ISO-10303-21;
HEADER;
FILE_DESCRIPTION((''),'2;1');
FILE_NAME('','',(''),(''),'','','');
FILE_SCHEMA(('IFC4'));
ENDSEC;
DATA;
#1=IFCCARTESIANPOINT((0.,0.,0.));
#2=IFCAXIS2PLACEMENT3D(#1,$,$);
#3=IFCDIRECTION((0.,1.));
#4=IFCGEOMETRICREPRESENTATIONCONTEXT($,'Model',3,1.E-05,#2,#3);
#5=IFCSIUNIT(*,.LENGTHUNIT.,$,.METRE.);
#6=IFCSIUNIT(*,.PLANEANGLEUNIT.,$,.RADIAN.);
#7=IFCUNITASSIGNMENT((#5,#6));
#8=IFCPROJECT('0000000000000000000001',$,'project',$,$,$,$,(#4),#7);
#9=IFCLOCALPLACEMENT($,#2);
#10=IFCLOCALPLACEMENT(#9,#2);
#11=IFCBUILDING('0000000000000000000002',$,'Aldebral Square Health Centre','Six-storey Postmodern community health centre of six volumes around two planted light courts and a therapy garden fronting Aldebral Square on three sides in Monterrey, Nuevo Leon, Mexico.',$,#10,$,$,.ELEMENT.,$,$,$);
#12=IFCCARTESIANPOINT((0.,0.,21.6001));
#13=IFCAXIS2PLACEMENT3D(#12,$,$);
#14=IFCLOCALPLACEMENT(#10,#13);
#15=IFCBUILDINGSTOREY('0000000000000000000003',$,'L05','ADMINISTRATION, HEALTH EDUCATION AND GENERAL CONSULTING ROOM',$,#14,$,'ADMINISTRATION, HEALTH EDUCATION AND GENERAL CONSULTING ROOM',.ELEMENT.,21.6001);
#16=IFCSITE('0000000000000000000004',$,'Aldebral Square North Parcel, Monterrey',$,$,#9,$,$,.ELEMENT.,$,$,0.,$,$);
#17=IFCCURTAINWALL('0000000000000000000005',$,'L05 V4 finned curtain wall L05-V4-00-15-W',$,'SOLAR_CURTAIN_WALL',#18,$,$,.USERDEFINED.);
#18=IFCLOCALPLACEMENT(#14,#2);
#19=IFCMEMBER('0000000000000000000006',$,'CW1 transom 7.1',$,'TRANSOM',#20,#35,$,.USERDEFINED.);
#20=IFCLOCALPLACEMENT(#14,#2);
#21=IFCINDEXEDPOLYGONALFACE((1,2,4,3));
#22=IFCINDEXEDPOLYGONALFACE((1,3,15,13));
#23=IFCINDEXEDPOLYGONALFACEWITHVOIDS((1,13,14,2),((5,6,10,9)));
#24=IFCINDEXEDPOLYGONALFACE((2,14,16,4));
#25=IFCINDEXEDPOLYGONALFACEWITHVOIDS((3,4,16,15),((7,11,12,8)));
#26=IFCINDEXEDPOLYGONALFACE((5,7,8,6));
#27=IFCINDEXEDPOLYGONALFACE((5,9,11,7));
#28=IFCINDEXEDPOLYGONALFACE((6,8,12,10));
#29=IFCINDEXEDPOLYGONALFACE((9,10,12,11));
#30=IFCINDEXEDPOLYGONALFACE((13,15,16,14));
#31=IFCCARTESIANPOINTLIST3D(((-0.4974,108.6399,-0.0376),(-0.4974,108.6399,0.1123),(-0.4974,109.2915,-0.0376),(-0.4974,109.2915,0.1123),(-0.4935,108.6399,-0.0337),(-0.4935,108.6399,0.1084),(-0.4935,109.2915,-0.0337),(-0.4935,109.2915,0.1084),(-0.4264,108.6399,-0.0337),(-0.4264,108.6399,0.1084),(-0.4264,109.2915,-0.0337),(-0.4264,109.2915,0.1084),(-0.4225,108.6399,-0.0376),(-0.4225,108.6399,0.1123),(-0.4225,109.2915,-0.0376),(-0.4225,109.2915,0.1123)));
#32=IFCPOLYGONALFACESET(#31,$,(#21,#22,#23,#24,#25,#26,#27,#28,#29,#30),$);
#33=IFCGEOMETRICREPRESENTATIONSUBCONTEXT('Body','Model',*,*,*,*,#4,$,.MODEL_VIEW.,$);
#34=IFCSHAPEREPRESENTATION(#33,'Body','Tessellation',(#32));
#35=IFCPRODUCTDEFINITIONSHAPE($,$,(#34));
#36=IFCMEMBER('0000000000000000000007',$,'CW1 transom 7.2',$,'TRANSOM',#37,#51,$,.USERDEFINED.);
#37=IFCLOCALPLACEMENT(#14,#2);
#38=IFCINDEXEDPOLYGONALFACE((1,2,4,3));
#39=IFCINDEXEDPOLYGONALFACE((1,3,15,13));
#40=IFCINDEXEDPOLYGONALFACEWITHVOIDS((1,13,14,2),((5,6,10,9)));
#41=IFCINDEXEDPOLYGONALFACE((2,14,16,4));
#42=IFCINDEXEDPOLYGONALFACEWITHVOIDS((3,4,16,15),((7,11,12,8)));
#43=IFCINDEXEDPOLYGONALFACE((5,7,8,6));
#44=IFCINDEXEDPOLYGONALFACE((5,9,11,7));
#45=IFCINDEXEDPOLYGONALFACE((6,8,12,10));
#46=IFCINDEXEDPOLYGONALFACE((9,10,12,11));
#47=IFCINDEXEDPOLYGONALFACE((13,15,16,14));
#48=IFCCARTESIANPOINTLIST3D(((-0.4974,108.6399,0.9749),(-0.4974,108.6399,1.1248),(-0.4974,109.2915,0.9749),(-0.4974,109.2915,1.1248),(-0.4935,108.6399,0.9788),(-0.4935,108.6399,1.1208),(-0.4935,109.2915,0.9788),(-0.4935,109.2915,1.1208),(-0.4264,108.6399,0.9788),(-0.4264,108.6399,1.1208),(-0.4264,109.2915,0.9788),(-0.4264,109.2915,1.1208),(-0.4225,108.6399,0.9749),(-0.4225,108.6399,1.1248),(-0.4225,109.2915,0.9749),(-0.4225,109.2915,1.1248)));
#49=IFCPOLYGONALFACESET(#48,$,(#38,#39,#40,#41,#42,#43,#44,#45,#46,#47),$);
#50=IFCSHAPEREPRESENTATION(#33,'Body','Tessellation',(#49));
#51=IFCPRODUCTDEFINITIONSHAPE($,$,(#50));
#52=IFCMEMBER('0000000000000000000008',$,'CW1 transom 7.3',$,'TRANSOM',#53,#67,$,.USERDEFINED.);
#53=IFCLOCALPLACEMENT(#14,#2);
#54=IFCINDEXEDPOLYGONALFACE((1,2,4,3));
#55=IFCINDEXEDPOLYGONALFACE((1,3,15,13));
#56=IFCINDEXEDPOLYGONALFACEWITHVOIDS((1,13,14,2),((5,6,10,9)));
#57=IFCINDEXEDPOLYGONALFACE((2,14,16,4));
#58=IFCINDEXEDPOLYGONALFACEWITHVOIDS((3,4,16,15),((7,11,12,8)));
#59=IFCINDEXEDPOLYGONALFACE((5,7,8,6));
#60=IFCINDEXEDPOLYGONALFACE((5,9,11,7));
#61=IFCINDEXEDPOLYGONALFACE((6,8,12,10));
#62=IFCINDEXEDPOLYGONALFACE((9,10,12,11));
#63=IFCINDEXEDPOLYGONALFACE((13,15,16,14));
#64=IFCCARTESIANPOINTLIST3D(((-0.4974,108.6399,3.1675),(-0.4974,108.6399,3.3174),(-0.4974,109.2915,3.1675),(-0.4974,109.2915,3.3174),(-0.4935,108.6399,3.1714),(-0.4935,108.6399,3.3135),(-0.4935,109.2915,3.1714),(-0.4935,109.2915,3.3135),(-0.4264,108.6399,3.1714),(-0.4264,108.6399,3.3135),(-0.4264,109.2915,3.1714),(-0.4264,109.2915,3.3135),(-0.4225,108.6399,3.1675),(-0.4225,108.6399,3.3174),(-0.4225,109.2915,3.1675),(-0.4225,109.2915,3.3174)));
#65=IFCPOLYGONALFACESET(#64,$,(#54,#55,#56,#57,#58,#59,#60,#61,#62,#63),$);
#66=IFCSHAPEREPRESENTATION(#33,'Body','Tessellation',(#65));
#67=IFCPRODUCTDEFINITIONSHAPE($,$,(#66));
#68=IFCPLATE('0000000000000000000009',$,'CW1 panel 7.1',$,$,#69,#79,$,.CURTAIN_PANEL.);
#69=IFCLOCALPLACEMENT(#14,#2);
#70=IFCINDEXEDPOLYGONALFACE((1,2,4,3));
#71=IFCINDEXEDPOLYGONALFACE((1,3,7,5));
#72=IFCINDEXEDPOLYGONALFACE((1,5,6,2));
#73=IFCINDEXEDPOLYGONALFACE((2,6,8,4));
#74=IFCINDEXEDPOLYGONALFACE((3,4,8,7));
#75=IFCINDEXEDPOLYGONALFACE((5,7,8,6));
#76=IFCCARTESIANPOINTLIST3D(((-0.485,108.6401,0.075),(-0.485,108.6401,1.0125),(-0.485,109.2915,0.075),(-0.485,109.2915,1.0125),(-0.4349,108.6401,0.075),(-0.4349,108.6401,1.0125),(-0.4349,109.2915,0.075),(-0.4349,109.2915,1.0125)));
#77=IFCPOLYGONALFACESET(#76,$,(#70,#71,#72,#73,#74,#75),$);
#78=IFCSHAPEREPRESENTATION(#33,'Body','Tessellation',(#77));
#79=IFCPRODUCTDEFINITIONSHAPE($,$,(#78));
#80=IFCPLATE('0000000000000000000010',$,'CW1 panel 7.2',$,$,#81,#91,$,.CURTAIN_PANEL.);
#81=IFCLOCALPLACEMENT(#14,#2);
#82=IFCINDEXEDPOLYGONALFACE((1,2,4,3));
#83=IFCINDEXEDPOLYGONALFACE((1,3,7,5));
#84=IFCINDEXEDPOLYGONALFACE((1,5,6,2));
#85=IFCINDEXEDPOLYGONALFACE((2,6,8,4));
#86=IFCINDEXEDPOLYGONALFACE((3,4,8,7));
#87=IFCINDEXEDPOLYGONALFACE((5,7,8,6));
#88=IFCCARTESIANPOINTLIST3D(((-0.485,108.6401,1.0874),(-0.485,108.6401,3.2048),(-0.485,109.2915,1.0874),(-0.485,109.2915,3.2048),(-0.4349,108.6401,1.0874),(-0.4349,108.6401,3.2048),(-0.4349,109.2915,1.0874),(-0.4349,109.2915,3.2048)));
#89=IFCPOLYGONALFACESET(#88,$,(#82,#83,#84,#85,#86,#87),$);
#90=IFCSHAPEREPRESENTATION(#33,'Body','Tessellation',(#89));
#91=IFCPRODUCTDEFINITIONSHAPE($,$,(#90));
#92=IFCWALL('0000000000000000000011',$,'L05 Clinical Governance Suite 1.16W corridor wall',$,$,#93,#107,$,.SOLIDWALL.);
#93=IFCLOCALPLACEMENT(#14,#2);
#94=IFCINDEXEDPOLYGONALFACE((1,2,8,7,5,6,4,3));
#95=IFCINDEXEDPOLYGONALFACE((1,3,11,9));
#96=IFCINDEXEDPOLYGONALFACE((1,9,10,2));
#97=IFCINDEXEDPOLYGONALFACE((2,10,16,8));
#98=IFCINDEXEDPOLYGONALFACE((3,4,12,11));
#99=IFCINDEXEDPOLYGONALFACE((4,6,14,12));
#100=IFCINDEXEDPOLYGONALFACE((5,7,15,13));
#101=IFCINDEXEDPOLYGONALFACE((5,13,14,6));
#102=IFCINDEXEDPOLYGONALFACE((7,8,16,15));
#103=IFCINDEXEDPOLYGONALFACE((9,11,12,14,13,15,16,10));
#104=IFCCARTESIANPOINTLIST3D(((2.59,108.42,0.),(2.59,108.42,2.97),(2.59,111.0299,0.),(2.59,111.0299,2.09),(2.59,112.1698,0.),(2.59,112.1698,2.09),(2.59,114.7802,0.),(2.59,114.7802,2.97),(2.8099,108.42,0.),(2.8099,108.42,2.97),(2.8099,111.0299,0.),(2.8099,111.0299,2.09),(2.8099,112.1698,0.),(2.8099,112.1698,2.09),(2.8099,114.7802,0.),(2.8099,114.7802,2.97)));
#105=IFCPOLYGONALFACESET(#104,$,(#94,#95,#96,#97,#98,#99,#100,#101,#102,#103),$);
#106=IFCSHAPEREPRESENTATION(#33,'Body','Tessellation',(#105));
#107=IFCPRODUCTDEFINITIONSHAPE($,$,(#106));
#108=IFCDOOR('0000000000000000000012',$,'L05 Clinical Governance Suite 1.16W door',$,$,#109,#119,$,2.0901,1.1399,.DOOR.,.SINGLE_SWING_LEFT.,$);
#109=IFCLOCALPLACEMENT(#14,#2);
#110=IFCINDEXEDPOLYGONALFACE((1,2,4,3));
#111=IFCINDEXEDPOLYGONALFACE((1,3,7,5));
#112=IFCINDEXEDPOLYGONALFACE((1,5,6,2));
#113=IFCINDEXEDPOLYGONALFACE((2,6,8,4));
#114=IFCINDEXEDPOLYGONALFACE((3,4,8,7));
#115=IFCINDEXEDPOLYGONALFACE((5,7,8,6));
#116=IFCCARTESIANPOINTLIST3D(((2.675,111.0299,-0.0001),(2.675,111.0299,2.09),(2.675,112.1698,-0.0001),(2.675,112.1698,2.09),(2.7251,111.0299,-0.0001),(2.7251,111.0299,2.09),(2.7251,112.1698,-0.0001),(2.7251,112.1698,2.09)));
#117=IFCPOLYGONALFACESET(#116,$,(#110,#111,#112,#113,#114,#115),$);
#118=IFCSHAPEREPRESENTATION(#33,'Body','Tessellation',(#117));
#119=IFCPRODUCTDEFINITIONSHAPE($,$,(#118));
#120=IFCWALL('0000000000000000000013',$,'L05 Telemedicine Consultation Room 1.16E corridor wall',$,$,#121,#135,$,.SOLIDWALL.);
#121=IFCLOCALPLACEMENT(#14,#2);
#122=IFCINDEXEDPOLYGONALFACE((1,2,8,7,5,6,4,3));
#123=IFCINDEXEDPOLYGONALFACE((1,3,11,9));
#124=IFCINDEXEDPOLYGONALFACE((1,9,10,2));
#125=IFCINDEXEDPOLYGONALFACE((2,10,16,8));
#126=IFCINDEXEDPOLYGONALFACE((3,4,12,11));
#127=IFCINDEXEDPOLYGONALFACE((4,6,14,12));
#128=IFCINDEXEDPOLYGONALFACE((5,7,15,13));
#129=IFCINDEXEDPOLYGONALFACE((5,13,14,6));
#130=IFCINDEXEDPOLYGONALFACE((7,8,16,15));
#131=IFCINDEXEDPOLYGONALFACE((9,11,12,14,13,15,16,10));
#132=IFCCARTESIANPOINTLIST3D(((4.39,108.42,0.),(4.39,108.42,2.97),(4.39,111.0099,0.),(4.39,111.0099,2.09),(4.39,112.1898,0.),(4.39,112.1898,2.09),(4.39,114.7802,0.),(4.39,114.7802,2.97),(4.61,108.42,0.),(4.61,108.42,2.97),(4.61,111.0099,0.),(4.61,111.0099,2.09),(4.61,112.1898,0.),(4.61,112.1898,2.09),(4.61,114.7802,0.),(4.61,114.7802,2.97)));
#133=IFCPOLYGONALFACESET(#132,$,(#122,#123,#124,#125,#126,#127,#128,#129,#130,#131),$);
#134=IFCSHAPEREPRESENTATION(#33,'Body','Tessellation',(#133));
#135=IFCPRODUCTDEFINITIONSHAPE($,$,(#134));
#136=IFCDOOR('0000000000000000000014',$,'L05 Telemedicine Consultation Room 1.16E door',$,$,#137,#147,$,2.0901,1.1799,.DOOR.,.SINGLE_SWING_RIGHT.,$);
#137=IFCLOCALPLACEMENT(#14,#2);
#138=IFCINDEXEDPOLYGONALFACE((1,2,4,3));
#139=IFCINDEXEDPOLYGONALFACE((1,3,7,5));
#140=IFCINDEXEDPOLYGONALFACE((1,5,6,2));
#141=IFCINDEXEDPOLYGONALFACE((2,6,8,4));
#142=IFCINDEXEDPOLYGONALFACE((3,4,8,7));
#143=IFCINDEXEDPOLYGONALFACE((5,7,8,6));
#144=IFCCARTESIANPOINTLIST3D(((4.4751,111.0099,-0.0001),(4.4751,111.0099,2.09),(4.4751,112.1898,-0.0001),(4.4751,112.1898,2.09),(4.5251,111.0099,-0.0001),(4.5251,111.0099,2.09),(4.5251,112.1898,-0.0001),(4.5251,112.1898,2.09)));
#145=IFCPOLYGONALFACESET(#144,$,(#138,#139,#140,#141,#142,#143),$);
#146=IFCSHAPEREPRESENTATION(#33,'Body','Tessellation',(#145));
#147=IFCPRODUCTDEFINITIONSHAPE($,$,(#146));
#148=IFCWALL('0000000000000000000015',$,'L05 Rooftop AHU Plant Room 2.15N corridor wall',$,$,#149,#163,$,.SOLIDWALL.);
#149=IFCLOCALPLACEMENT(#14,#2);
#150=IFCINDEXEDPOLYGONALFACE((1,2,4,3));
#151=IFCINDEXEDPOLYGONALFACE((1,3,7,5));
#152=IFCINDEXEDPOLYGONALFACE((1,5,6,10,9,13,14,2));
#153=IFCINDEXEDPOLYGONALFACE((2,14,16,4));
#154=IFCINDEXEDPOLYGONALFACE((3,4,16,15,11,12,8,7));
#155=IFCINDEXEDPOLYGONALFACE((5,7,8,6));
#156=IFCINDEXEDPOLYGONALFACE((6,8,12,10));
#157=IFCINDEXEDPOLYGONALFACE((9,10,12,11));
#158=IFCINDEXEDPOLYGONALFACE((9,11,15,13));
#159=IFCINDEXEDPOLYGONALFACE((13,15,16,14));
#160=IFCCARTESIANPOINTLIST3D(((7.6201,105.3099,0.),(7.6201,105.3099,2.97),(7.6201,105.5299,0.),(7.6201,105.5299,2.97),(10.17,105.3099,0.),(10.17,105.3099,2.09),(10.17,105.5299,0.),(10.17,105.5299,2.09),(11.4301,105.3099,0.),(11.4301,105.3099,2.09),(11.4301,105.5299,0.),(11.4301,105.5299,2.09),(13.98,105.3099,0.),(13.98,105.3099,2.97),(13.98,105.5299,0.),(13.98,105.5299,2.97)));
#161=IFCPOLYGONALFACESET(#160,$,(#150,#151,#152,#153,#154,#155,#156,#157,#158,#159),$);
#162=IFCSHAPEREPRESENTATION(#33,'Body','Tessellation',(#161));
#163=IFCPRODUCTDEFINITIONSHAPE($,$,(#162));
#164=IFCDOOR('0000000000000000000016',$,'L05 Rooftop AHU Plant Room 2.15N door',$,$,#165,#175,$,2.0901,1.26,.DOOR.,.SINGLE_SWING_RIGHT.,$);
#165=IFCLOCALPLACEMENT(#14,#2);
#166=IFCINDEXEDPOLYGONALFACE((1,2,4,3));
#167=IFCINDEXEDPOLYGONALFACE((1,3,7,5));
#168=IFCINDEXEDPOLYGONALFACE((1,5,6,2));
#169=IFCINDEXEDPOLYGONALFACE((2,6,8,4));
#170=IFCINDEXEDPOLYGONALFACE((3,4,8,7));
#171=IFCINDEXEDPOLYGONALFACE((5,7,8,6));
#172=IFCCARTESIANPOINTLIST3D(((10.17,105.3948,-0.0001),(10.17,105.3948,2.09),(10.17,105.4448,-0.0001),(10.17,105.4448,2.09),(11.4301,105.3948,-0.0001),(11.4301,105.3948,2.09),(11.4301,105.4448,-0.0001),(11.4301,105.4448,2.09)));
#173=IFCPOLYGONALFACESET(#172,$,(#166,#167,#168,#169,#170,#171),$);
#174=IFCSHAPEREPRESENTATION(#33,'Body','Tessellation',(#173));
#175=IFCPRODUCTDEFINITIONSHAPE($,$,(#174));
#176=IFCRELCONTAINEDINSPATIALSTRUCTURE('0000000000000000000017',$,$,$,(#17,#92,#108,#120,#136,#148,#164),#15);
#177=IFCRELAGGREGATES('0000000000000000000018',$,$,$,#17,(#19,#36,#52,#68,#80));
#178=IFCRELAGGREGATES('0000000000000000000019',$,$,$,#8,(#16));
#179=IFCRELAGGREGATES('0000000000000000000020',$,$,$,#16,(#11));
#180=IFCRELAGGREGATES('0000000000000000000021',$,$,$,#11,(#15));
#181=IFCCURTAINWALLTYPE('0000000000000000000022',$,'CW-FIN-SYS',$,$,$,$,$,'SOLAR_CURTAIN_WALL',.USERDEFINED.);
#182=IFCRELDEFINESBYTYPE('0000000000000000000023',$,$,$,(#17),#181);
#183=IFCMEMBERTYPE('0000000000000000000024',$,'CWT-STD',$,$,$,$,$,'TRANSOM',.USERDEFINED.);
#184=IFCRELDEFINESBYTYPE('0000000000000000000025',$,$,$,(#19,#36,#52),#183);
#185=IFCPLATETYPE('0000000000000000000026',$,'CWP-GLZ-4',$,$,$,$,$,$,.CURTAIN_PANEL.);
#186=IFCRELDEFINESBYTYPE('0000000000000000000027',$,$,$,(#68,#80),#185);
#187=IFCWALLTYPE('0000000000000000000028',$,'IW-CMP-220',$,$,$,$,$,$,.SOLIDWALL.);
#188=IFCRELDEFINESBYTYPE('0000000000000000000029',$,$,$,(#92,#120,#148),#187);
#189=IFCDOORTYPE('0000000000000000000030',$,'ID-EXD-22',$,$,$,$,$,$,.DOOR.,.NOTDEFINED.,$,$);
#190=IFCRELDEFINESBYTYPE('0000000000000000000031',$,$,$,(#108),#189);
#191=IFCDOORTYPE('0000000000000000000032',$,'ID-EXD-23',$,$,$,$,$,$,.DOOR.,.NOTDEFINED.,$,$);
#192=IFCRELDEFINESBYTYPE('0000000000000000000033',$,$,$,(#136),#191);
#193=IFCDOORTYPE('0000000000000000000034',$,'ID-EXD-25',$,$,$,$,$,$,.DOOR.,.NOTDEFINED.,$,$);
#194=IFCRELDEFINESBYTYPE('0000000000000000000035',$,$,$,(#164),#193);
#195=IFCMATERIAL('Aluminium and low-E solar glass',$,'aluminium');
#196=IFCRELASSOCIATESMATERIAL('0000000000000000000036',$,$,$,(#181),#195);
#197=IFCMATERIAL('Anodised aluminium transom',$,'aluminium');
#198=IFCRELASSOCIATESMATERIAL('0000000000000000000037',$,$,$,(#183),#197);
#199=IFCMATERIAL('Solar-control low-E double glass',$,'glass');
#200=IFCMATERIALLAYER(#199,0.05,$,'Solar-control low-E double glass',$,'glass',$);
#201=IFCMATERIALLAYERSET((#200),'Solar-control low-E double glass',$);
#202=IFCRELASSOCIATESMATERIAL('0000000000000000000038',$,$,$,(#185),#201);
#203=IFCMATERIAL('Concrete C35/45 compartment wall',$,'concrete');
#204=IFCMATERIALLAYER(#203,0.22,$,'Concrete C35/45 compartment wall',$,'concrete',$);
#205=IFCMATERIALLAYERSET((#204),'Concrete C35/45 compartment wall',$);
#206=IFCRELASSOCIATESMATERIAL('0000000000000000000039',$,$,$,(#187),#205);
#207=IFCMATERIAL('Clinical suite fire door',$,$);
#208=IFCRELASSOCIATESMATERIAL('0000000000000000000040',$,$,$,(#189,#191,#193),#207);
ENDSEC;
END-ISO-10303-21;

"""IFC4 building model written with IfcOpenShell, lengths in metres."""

from ifc_helpers import new_model, si_unit, direction, frame, frame_2d, origin, origin_2d, place, context, subcontext, project, spatial, rectangle, hollow_rectangle, extrude, material, layer, layer_set, material_profile, profile_set, type_object, element, fill, aggregate, save


model = new_model("IFC4")

# Units and contexts
model_context = context("Model", 3, precision=1e-05, world=origin(), true_north=direction((0.0, 1.0)))
body_context = subcontext(model_context, "Body", "Model", "MODEL_VIEW")
ifc_project = project(units=[si_unit("LENGTHUNIT", "METRE"), si_unit("PLANEANGLEUNIT", "RADIAN")], contexts=[model_context])

# Site, building, storey
site_placement = place(None, origin())
site = spatial("IfcSite", under=ifc_project, at=site_placement, Name="Aldebral Square North Parcel, Monterrey", CompositionType="ELEMENT", RefElevation=0.0)
building_placement = place(site_placement, origin())
building = spatial("IfcBuilding", under=site, at=building_placement, Name="Aldebral Square Health Centre", Description="Six-storey Postmodern community health centre of six volumes around two planted light courts and a therapy garden fronting Aldebral Square on three sides in Monterrey, Nuevo Leon, Mexico.", CompositionType="ELEMENT")
storey_placement = place(building_placement, frame((0.0, 0.0, 21.6001)))
storey = spatial("IfcBuildingStorey", under=building, at=storey_placement, Name="L05", Description="ADMINISTRATION, HEALTH EDUCATION AND GENERAL CONSULTING ROOM", LongName="ADMINISTRATION, HEALTH EDUCATION AND GENERAL CONSULTING ROOM", CompositionType="ELEMENT", Elevation=21.6001)

# Shared definitions
ifc_material_1 = material(Name="Aluminium and low-E solar glass", Category="aluminium")
curtain_wall_type = type_object("IfcCurtainWallType", Name="CW-FIN-SYS", ElementType="SOLAR_CURTAIN_WALL", PredefinedType="USERDEFINED", material=ifc_material_1)

# Curtain wall
curtain_wall_1_placement = place(storey_placement, origin())
curtain_wall_1 = element("IfcCurtainWall", 1, at=curtain_wall_1_placement, inside=storey, type_object=curtain_wall_type, Name="L05 V4 finned curtain wall L05-V4-00-15-W", ObjectType="SOLAR_CURTAIN_WALL", PredefinedType="USERDEFINED")

# Members
ifc_material_2 = material(Name="Anodised aluminium transom", Category="aluminium")
ifc_material_profile_1 = material_profile(ifc_material_2, hollow_rectangle(XDim=0.075, YDim=0.1499, WallThickness=0.0039, at=origin_2d()), Name="CWT 75x150x4")
ifc_profile_set_1 = profile_set([ifc_material_profile_1], Name="Anodised aluminium transom")
member_type_1 = type_object("IfcMemberType", Name="CWT-STD", ElementType="TRANSOM", PredefinedType="USERDEFINED", material=ifc_profile_set_1)
member_1_placement = place(storey_placement, frame((-0.46, 109.2915, 0.0374), z_axis=(0.0, -1.0, 0.0), x_axis=(1.0, 0.0, 0.0)))
member_1 = element("IfcMember", 2, at=member_1_placement, type_object=member_type_1, Name="CW1 transom 7.1", ObjectType="TRANSOM", PredefinedType="USERDEFINED", context=body_context, shape_type="SweptSolid", body=[
    extrude(hollow_rectangle(XDim=0.075, YDim=0.1499, WallThickness=0.0039, at=origin_2d()), origin(), (0.0, 0.0, 1.0), 0.6516),
])
member_2_placement = place(storey_placement, frame((-0.46, 109.2915, 1.0498), z_axis=(0.0, -1.0, 0.0), x_axis=(1.0, 0.0, 0.0)))
member_2 = element("IfcMember", 3, at=member_2_placement, type_object=member_type_1, Name="CW1 transom 7.2", ObjectType="TRANSOM", PredefinedType="USERDEFINED", context=body_context, shape_type="SweptSolid", body=[
    extrude(hollow_rectangle(XDim=0.075, YDim=0.1499, WallThickness=0.0039, at=origin_2d()), origin(), (0.0, 0.0, 1.0), 0.6516),
])
member_3_placement = place(storey_placement, frame((-0.46, 109.2915, 3.2424), z_axis=(0.0, -1.0, 0.0), x_axis=(1.0, 0.0, 0.0)))
member_3 = element("IfcMember", 4, at=member_3_placement, type_object=member_type_1, Name="CW1 transom 7.3", ObjectType="TRANSOM", PredefinedType="USERDEFINED", context=body_context, shape_type="SweptSolid", body=[
    extrude(hollow_rectangle(XDim=0.075, YDim=0.1499, WallThickness=0.0039, at=origin_2d()), origin(), (0.0, 0.0, 1.0), 0.6516),
])

# Plates
ifc_material_3 = material(Name="Solar-control low-E double glass", Category="glass")
ifc_layer_1 = layer(ifc_material_3, 0.05, Name="Solar-control low-E double glass", Category="glass")
ifc_layer_set_1 = layer_set([ifc_layer_1], Name="Solar-control low-E double glass")
plate_type = type_object("IfcPlateType", Name="CWP-GLZ-4", PredefinedType="CURTAIN_PANEL", material=ifc_layer_set_1)
plate_1_placement = place(storey_placement, frame((-0.46, 108.9658, 0.075), z_axis=(0.0, 0.0, 1.0), x_axis=(0.0, -1.0, 0.0)))
plate_1 = element("IfcPlate", 5, at=plate_1_placement, type_object=plate_type, Name="CW1 panel 7.1", PredefinedType="CURTAIN_PANEL", context=body_context, shape_type="SweptSolid", body=[
    extrude(rectangle(XDim=0.6514, YDim=0.05, at=origin_2d()), origin(), (0.0, 0.0, 1.0), 0.9375),
])
plate_2_placement = place(storey_placement, frame((-0.46, 108.9658, 1.0874), z_axis=(0.0, 0.0, 1.0), x_axis=(0.0, -1.0, 0.0)))
plate_2 = element("IfcPlate", 6, at=plate_2_placement, type_object=plate_type, Name="CW1 panel 7.2", PredefinedType="CURTAIN_PANEL", context=body_context, shape_type="SweptSolid", body=[
    extrude(rectangle(XDim=0.6514, YDim=0.05, at=origin_2d()), origin(), (0.0, 0.0, 1.0), 2.1174),
])
aggregate(curtain_wall_1, [member_1, member_2, member_3, plate_1, plate_2])

# Walls, openings, doors
ifc_material_4 = material(Name="Concrete C35/45 compartment wall", Category="concrete")
ifc_layer_2 = layer(ifc_material_4, 0.22, Name="Concrete C35/45 compartment wall", Category="concrete")
ifc_layer_set_2 = layer_set([ifc_layer_2], Name="Concrete C35/45 compartment wall")
wall_type_1 = type_object("IfcWallType", Name="IW-CMP-220", PredefinedType="SOLIDWALL", material=ifc_layer_set_2)
wall_1_placement = place(storey_placement, frame((2.7, 108.4199, 0.0), z_axis=(0.0, 0.0, 1.0), x_axis=(0.0, 1.0, 0.0)))
wall_1 = element("IfcWall", 7, at=wall_1_placement, inside=storey, type_object=wall_type_1, Name="L05 Clinical Governance Suite 1.16W corridor wall", PredefinedType="SOLIDWALL", context=body_context, shape_type="SweptSolid", body=[
    extrude(rectangle(XDim=6.3601, YDim=0.22, at=frame_2d((3.1802, 0.0))), origin(), (0.0, 0.0, 1.0), 2.97),
])
opening_1_placement = place(wall_1_placement, frame((2.6101, 0.0, 0.0)))
opening_1 = element("IfcOpeningElement", 8, at=opening_1_placement, cuts=wall_1, PredefinedType="OPENING", context=body_context, shape_type="SweptSolid", body=[
    extrude(rectangle(XDim=1.1399, YDim=2.0901, at=frame_2d((0.5698, 1.0449))), frame((0.0, 0.1201, 0.0), z_axis=(0.0, -1.0, 0.0), x_axis=(1.0, 0.0, 0.0)), (0.0, 0.0, 1.0), 0.24),
])
ifc_material_5 = material(Name="Clinical suite fire door")
door_type_1 = type_object("IfcDoorType", Name="ID-EXD-22", OperationType="NOTDEFINED", PredefinedType="DOOR", material=ifc_material_5)
door_1_placement = place(opening_1_placement, origin())
door_1 = element("IfcDoor", 9, at=door_1_placement, inside=storey, type_object=door_type_1, Name="L05 Clinical Governance Suite 1.16W door", OperationType="SINGLE_SWING_LEFT", OverallHeight=2.0901, OverallWidth=1.1399, PredefinedType="DOOR", context=body_context, shape_type="SweptSolid", body=[
    extrude(rectangle(XDim=1.1399, YDim=2.0901, at=frame_2d((0.5698, 1.0449))), frame((0.0, 0.0249, 0.0), z_axis=(0.0, -1.0, 0.0), x_axis=(1.0, 0.0, 0.0)), (0.0, 0.0, 1.0), 0.05),
])
fill(opening_1, door_1)
wall_2_placement = place(storey_placement, frame((4.5, 108.4199, 0.0), z_axis=(0.0, 0.0, 1.0), x_axis=(0.0, 1.0, 0.0)))
wall_2 = element("IfcWall", 10, at=wall_2_placement, inside=storey, type_object=wall_type_1, Name="L05 Telemedicine Consultation Room 1.16E corridor wall", PredefinedType="SOLIDWALL", context=body_context, shape_type="SweptSolid", body=[
    extrude(rectangle(XDim=6.3601, YDim=0.22, at=frame_2d((3.1802, 0.0))), origin(), (0.0, 0.0, 1.0), 2.97),
])
opening_2_placement = place(wall_2_placement, frame((2.5901, 0.0, 0.0)))
opening_2 = element("IfcOpeningElement", 11, at=opening_2_placement, cuts=wall_2, PredefinedType="OPENING", context=body_context, shape_type="SweptSolid", body=[
    extrude(rectangle(XDim=1.1799, YDim=2.0901, at=frame_2d((0.5898, 1.0449))), frame((0.0, 0.1201, 0.0), z_axis=(0.0, -1.0, 0.0), x_axis=(1.0, 0.0, 0.0)), (0.0, 0.0, 1.0), 0.24),
])
door_type_2 = type_object("IfcDoorType", Name="ID-EXD-23", OperationType="NOTDEFINED", PredefinedType="DOOR", material=ifc_material_5)
door_2_placement = place(opening_2_placement, origin())
door_2 = element("IfcDoor", 12, at=door_2_placement, inside=storey, type_object=door_type_2, Name="L05 Telemedicine Consultation Room 1.16E door", OperationType="SINGLE_SWING_RIGHT", OverallHeight=2.0901, OverallWidth=1.1799, PredefinedType="DOOR", context=body_context, shape_type="SweptSolid", body=[
    extrude(rectangle(XDim=1.1799, YDim=2.0901, at=frame_2d((0.5898, 1.0449))), frame((0.0, 0.0249, 0.0), z_axis=(0.0, -1.0, 0.0), x_axis=(1.0, 0.0, 0.0)), (0.0, 0.0, 1.0), 0.05),
])
fill(opening_2, door_2)
wall_3_placement = place(storey_placement, frame((7.6201, 105.4199, 0.0), z_axis=(0.0, 0.0, 1.0), x_axis=(1.0, 0.0, 0.0)))
wall_3 = element("IfcWall", 13, at=wall_3_placement, inside=storey, type_object=wall_type_1, Name="L05 Rooftop AHU Plant Room 2.15N corridor wall", PredefinedType="SOLIDWALL", context=body_context, shape_type="SweptSolid", body=[
    extrude(rectangle(XDim=6.3599, YDim=0.22, at=frame_2d((3.1799, 0.0))), origin(), (0.0, 0.0, 1.0), 2.97),
])
opening_3_placement = place(wall_3_placement, frame((2.55, 0.0, 0.0)))
opening_3 = element("IfcOpeningElement", 14, at=opening_3_placement, cuts=wall_3, PredefinedType="OPENING", context=body_context, shape_type="SweptSolid", body=[
    extrude(rectangle(XDim=1.26, YDim=2.0901, at=frame_2d((0.6299, 1.0449))), frame((0.0, 0.1201, 0.0), z_axis=(0.0, -1.0, 0.0), x_axis=(1.0, 0.0, 0.0)), (0.0, 0.0, 1.0), 0.24),
])
door_type_3 = type_object("IfcDoorType", Name="ID-EXD-25", OperationType="NOTDEFINED", PredefinedType="DOOR", material=ifc_material_5)
door_3_placement = place(opening_3_placement, origin())
door_3 = element("IfcDoor", 15, at=door_3_placement, inside=storey, type_object=door_type_3, Name="L05 Rooftop AHU Plant Room 2.15N door", OperationType="SINGLE_SWING_RIGHT", OverallHeight=2.0901, OverallWidth=1.26, PredefinedType="DOOR", context=body_context, shape_type="SweptSolid", body=[
    extrude(rectangle(XDim=1.26, YDim=2.0901, at=frame_2d((0.6299, 1.0449))), frame((0.0, 0.0249, 0.0), z_axis=(0.0, -1.0, 0.0), x_axis=(1.0, 0.0, 0.0)), (0.0, 0.0, 1.0), 0.05),
])
fill(opening_3, door_3)

save(model, "model.ifc")
